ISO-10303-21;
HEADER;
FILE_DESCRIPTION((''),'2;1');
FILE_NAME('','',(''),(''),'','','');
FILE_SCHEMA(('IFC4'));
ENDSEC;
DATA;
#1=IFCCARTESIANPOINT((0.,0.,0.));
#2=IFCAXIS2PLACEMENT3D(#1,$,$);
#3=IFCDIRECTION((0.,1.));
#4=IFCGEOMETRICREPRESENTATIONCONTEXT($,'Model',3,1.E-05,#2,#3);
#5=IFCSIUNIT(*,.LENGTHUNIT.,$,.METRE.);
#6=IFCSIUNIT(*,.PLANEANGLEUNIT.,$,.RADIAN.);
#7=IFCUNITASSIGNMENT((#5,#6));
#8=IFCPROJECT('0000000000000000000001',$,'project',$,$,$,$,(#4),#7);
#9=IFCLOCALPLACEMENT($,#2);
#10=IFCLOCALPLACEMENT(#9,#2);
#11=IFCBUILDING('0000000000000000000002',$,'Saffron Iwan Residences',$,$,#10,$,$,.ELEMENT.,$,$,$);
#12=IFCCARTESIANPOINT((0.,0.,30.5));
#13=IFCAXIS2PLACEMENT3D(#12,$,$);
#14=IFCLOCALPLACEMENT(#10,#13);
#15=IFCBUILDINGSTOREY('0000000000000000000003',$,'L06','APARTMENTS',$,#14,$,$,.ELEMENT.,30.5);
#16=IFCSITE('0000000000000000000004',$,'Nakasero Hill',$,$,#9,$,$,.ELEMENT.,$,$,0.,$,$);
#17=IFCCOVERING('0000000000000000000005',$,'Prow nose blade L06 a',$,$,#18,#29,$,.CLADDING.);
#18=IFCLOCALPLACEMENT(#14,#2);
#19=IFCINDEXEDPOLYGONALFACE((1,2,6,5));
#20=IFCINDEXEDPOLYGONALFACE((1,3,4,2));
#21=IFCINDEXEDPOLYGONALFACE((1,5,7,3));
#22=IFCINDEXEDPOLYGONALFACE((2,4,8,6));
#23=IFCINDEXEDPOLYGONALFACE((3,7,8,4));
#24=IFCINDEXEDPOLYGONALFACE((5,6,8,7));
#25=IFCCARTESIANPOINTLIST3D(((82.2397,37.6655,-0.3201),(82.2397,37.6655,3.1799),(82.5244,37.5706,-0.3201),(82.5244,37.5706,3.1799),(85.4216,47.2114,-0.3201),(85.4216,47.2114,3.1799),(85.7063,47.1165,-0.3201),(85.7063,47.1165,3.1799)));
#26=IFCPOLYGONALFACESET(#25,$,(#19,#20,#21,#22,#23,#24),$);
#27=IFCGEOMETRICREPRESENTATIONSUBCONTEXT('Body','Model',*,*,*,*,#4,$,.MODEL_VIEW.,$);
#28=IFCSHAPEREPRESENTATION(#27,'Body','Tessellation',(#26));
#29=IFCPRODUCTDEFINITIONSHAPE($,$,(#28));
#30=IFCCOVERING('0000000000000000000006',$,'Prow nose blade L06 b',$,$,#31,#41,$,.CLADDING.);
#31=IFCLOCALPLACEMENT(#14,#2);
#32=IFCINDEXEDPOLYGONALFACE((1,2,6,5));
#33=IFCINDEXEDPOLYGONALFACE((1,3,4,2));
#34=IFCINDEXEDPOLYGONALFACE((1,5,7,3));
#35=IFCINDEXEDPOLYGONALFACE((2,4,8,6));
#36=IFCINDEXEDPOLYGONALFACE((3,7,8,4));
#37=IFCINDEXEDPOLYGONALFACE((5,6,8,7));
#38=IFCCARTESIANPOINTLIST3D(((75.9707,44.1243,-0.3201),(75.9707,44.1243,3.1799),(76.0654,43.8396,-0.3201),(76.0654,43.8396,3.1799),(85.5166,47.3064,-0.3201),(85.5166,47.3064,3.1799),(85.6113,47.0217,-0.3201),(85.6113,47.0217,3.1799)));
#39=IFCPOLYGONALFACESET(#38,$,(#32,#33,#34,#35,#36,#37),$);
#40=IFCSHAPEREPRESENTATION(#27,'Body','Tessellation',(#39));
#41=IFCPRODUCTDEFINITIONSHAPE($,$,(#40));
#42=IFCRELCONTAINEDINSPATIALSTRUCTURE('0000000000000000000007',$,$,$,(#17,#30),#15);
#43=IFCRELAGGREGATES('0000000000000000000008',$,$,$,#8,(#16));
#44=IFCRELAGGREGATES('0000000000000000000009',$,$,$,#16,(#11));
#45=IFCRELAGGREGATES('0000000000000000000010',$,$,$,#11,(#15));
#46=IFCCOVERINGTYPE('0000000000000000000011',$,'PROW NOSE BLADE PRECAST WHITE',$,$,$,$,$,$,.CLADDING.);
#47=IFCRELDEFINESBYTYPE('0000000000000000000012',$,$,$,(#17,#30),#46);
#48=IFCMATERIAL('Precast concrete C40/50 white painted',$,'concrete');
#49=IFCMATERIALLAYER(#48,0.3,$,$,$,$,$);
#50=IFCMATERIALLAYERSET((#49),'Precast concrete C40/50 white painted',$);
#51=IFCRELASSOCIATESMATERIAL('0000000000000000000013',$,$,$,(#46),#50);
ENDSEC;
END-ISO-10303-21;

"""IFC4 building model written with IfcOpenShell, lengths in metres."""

from ifc_helpers import new_model, si_unit, direction, frame, origin, place, context, subcontext, project, spatial, polyline, outline, extrude, material, layer, layer_set, type_object, element, save


model = new_model("IFC4")

# Units and contexts
model_context = context("Model", 3, precision=1e-05, world=origin(), true_north=direction((0.0, 1.0)))
body_context = subcontext(model_context, "Body", "Model", "MODEL_VIEW")
ifc_project = project(units=[si_unit("LENGTHUNIT", "METRE"), si_unit("PLANEANGLEUNIT", "RADIAN")], contexts=[model_context])

# Site, building, storey
site_placement = place(None, origin())
site = spatial("IfcSite", under=ifc_project, at=site_placement, Name="Nakasero Hill", CompositionType="ELEMENT", RefElevation=0.0)
building_placement = place(site_placement, origin())
building = spatial("IfcBuilding", under=site, at=building_placement, Name="Saffron Iwan Residences", CompositionType="ELEMENT")
storey_placement = place(building_placement, frame((0.0, 0.0, 30.5)))
storey = spatial("IfcBuildingStorey", under=building, at=storey_placement, Name="L06", Description="APARTMENTS", CompositionType="ELEMENT", Elevation=30.5)

# Coverings
ifc_material_1 = material(Name="Precast concrete C40/50 white painted", Category="concrete")
ifc_layer_1 = layer(ifc_material_1, 0.3)
ifc_layer_set_1 = layer_set([ifc_layer_1], Name="Precast concrete C40/50 white painted")
covering_type_1 = type_object("IfcCoveringType", Name="PROW NOSE BLADE PRECAST WHITE", PredefinedType="CLADDING", material=ifc_layer_set_1)
covering_1_placement = place(storey_placement, frame((0.0, 0.0, -0.3201)))
element("IfcCovering", 1, at=covering_1_placement, inside=storey, type_object=covering_type_1, Name="Prow nose blade L06 a", PredefinedType="CLADDING", context=body_context, shape_type="SweptSolid", body=[
    extrude(outline(polyline([(82.5244, 37.5706), (85.7063, 47.1165), (85.4216, 47.2114), (82.2397, 37.6655), (82.5244, 37.5706)])), origin(), (0.0, 0.0, 1.0), 3.5),
])
covering_2_placement = place(storey_placement, frame((0.0, 0.0, -0.3201)))
element("IfcCovering", 2, at=covering_2_placement, inside=storey, type_object=covering_type_1, Name="Prow nose blade L06 b", PredefinedType="CLADDING", context=body_context, shape_type="SweptSolid", body=[
    extrude(outline(polyline([(76.0654, 43.8396), (85.6113, 47.0217), (85.5166, 47.3064), (75.9707, 44.1243), (76.0654, 43.8396)])), origin(), (0.0, 0.0, 1.0), 3.5),
])

save(model, "model.ifc")
